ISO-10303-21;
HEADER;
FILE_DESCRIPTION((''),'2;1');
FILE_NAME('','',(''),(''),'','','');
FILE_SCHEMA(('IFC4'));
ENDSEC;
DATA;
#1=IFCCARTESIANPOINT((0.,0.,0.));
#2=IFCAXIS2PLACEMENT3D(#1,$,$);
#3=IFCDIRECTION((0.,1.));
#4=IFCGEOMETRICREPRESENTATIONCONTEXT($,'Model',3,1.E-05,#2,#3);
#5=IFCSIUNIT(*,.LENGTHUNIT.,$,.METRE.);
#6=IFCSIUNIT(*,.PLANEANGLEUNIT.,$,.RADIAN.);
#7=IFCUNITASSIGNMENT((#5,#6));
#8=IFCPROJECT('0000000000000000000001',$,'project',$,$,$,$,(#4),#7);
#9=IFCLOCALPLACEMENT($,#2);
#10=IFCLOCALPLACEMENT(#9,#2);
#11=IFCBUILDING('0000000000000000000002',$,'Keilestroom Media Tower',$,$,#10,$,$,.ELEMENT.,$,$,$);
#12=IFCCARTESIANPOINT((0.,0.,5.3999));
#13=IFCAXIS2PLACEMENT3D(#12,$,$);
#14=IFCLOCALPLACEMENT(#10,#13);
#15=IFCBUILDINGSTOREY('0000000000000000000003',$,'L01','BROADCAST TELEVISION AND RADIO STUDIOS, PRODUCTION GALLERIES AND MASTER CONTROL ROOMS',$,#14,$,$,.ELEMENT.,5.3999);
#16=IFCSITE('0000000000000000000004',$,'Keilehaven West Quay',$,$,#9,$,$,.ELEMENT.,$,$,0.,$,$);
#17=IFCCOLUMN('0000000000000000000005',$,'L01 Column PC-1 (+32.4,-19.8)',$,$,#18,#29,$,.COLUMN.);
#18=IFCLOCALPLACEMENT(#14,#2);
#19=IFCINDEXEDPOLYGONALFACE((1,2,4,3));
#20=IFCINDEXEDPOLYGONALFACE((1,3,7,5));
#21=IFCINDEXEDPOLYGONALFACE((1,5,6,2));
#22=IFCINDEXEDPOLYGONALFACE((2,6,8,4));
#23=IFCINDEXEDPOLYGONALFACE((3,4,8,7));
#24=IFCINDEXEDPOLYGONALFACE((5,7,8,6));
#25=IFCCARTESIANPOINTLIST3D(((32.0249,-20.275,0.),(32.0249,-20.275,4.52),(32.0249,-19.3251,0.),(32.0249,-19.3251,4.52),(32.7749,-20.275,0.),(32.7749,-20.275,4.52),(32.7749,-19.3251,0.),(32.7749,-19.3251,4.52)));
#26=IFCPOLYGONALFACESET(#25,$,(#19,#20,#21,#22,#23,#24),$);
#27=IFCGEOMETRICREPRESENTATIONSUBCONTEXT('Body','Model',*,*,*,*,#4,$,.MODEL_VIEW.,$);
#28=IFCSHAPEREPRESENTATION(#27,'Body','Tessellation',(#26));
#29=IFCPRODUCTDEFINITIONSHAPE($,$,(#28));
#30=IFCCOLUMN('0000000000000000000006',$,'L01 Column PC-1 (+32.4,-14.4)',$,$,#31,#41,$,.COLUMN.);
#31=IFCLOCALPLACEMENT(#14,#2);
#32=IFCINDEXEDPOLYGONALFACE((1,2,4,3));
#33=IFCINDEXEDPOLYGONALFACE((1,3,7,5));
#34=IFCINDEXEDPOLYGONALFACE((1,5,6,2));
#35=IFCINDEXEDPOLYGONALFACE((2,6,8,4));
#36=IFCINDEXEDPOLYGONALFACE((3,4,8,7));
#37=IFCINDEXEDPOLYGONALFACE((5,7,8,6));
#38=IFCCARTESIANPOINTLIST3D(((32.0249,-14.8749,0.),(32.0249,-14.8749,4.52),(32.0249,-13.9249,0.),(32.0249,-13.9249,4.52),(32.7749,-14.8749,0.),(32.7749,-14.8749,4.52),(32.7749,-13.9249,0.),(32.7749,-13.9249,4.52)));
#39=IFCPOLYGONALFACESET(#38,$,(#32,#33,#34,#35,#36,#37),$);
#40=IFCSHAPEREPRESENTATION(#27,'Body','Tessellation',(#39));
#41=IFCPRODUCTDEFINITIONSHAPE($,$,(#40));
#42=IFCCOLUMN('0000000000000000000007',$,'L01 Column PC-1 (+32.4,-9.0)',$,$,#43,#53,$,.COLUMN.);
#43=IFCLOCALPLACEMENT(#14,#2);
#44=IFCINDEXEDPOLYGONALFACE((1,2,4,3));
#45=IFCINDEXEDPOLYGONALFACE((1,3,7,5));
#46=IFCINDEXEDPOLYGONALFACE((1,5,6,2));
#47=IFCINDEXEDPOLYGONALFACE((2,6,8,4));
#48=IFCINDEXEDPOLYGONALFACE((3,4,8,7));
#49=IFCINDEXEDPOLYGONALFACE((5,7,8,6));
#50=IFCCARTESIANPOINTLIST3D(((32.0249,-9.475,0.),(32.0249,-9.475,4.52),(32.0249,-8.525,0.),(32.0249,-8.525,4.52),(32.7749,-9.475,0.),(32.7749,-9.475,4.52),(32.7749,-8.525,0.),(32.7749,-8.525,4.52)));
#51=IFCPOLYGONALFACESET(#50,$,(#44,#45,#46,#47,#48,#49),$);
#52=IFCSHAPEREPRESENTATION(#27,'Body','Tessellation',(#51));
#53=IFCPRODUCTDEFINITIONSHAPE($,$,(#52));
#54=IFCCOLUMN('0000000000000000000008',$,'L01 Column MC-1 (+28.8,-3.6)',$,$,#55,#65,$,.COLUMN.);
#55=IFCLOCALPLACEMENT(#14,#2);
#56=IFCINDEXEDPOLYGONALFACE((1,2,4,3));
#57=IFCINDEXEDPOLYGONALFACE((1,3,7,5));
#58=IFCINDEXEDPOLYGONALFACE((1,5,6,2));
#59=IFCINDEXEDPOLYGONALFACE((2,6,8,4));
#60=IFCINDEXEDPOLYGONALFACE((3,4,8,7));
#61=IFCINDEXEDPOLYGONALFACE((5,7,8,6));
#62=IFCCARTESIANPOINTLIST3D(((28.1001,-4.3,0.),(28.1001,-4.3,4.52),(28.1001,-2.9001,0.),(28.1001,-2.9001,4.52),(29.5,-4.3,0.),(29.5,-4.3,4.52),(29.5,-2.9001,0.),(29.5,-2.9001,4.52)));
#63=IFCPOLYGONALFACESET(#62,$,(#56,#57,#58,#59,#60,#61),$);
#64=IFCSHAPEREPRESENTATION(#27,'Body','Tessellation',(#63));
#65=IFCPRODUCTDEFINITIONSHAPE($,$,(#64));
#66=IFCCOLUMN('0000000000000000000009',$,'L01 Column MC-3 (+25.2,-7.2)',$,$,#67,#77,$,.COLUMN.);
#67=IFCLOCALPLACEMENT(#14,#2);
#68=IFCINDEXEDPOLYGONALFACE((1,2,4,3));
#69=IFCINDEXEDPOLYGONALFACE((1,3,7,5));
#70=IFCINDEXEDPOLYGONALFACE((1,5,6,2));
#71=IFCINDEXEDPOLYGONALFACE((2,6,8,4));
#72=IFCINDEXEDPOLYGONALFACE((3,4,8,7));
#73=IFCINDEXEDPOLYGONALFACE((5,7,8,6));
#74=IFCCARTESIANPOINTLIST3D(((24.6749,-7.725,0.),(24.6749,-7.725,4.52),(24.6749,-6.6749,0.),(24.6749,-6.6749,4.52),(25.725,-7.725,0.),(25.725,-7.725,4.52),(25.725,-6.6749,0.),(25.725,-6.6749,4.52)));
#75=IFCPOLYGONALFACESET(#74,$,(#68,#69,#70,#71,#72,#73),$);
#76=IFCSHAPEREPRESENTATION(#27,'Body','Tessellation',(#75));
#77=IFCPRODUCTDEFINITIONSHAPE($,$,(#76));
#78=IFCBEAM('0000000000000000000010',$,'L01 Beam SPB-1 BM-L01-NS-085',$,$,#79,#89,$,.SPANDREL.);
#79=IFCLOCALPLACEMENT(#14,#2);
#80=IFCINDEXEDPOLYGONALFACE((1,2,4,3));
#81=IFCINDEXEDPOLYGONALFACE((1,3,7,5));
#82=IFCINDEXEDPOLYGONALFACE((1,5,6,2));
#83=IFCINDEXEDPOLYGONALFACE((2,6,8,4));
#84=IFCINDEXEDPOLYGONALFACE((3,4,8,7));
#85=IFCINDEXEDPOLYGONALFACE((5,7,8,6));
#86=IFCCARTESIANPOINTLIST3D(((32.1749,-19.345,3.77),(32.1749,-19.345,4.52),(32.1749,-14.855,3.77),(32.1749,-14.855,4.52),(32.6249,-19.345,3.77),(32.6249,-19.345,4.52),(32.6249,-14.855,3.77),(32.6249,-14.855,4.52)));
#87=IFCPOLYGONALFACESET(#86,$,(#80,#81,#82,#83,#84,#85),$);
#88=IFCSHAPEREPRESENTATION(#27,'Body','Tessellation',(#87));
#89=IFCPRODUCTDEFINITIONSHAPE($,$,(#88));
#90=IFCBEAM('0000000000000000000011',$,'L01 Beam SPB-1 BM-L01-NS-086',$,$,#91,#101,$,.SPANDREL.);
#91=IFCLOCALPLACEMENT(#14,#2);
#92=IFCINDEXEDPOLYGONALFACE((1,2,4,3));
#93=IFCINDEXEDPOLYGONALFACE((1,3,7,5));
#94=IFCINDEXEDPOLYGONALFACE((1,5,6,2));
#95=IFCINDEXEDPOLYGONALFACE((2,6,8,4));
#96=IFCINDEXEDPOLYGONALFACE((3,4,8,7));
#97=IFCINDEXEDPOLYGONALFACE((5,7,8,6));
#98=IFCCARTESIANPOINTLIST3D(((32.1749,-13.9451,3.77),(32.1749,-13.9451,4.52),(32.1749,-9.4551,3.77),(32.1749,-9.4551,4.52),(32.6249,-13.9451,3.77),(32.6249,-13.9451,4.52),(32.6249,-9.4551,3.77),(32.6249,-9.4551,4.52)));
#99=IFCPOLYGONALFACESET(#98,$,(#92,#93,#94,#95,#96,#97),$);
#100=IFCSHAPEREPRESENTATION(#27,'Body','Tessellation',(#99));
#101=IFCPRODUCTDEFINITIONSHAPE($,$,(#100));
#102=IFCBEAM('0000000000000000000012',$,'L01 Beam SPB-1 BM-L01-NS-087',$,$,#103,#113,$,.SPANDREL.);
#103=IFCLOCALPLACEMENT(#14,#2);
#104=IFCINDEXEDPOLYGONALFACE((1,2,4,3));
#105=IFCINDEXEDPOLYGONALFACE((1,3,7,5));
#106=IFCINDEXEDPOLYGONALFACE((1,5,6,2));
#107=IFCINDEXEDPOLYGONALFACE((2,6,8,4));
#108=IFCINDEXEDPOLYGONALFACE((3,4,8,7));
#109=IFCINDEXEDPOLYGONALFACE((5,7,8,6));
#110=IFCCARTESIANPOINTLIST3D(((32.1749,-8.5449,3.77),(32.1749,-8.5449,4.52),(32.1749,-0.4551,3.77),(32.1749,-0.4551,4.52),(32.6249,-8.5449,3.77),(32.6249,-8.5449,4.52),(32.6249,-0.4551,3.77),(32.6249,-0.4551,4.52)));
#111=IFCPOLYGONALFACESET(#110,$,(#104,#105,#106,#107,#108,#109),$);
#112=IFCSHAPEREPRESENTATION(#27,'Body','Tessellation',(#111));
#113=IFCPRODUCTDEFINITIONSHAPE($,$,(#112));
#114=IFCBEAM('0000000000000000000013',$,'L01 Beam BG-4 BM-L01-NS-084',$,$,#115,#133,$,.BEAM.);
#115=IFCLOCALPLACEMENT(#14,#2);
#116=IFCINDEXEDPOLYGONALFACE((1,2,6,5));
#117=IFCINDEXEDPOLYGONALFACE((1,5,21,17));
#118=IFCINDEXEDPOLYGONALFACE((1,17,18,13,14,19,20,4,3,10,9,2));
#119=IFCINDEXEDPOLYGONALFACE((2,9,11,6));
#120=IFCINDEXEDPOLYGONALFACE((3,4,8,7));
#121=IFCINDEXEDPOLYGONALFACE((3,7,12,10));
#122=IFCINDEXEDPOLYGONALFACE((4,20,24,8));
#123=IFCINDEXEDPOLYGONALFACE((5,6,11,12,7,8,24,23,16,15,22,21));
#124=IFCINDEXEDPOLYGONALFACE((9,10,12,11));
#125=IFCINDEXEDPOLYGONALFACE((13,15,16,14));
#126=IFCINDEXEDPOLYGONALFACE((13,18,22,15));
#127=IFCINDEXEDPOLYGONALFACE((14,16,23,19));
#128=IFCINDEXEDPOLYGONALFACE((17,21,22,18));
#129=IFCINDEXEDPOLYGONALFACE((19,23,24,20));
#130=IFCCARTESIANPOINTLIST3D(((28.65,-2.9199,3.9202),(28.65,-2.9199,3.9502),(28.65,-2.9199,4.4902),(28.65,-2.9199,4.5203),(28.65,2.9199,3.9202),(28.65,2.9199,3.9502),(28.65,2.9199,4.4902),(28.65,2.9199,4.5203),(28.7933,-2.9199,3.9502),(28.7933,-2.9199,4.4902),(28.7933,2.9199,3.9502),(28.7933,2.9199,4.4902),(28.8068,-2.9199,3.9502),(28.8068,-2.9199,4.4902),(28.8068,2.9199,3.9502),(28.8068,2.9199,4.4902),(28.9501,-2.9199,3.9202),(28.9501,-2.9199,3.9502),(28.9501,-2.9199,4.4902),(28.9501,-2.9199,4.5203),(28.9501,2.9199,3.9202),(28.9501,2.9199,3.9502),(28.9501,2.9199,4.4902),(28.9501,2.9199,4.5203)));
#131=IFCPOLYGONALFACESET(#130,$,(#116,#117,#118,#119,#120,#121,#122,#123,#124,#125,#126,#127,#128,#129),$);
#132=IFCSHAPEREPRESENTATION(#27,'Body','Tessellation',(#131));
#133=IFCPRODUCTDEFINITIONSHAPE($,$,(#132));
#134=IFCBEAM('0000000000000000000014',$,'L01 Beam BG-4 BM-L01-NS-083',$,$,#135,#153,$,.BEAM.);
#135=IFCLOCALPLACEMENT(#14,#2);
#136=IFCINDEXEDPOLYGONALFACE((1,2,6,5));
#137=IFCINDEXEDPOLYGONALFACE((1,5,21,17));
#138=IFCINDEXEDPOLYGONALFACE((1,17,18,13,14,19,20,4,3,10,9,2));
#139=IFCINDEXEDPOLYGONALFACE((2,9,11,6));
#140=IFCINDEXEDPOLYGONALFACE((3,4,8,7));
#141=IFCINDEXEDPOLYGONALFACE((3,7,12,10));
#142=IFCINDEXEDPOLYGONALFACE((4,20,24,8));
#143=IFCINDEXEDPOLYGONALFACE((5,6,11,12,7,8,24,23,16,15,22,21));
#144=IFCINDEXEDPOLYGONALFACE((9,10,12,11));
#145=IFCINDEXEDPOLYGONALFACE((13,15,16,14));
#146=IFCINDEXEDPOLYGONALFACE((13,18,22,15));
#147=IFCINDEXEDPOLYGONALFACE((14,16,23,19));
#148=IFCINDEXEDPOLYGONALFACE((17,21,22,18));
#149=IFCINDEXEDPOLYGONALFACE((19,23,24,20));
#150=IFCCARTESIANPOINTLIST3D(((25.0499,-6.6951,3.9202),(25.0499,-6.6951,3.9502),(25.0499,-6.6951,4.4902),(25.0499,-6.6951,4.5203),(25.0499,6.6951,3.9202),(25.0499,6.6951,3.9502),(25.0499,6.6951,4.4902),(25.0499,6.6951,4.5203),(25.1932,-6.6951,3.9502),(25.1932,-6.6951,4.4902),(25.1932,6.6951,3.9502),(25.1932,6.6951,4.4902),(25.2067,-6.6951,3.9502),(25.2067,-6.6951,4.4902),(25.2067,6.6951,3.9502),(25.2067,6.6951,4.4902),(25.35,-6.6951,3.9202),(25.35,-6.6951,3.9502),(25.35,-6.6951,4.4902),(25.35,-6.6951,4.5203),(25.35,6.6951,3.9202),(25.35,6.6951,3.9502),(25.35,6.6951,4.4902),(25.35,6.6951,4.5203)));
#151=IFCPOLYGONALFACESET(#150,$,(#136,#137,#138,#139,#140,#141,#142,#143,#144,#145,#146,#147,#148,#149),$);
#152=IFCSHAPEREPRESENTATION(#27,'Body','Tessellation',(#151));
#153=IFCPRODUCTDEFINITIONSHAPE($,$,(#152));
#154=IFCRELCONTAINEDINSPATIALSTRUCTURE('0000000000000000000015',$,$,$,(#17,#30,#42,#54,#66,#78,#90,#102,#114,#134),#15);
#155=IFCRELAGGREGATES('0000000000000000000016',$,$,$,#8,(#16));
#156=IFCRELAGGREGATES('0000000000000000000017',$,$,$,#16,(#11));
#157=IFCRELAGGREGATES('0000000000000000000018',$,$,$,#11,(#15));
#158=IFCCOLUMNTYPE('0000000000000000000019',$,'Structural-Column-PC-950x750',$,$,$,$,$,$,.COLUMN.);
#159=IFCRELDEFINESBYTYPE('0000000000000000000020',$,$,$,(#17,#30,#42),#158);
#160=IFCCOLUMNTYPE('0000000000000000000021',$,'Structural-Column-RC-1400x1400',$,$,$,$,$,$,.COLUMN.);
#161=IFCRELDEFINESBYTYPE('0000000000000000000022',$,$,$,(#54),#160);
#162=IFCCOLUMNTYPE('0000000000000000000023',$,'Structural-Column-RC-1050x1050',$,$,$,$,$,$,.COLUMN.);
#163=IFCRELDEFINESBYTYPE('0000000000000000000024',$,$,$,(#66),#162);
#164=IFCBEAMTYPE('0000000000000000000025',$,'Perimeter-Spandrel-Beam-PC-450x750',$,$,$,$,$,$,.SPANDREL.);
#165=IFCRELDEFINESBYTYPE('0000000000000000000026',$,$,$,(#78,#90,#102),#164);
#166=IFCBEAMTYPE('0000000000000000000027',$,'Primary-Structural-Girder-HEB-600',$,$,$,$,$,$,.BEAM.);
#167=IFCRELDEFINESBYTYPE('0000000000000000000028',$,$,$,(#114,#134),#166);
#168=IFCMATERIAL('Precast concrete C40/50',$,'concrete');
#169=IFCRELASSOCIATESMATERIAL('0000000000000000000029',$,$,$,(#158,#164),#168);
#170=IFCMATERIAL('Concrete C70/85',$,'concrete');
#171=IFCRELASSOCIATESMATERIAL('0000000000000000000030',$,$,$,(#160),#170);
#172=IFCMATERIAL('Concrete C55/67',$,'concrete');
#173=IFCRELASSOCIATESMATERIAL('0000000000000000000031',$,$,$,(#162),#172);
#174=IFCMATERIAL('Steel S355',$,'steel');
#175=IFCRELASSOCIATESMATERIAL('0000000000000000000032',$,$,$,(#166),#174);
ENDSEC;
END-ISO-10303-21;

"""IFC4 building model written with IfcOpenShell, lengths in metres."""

from ifc_helpers import new_model, si_unit, direction, frame, origin, origin_2d, place, context, subcontext, project, spatial, rectangle, i_section, extrude, source, transform, mapped, material, material_profile, profile_set, type_object, element, save


model = new_model("IFC4")

# Units and contexts
model_context = context("Model", 3, precision=1e-05, world=origin(), true_north=direction((0.0, 1.0)))
body_context = subcontext(model_context, "Body", "Model", "MODEL_VIEW")
ifc_project = project(units=[si_unit("LENGTHUNIT", "METRE"), si_unit("PLANEANGLEUNIT", "RADIAN")], contexts=[model_context])

# Site, building, storey
site_placement = place(None, origin())
site = spatial("IfcSite", under=ifc_project, at=site_placement, Name="Keilehaven West Quay", CompositionType="ELEMENT", RefElevation=0.0)
building_placement = place(site_placement, origin())
building = spatial("IfcBuilding", under=site, at=building_placement, Name="Keilestroom Media Tower", CompositionType="ELEMENT")
storey_placement = place(building_placement, frame((0.0, 0.0, 5.3999)))
storey = spatial("IfcBuildingStorey", under=building, at=storey_placement, Name="L01", Description="BROADCAST TELEVISION AND RADIO STUDIOS, PRODUCTION GALLERIES AND MASTER CONTROL ROOMS", CompositionType="ELEMENT", Elevation=5.3999)

# Columns
ifc_material_1 = material(Name="Precast concrete C40/50", Category="concrete")
ifc_material_profile_1 = material_profile(ifc_material_1, rectangle(XDim=0.75, YDim=0.95, at=origin_2d()), Name="PC 950x750")
ifc_profile_set_1 = profile_set([ifc_material_profile_1], Name="Precast concrete C40/50")
column_type_1 = type_object("IfcColumnType", Name="Structural-Column-PC-950x750", PredefinedType="COLUMN", material=ifc_profile_set_1)
shared_shape_1 = source(origin(), body_context, "Body", "SweptSolid", [
    extrude(rectangle(XDim=0.75, YDim=0.95, at=origin_2d()), origin(), (0.0, 0.0, 1.0), 4.52),
])
for number, where, z_axis, x_axis, name in (
    (1, (32.3999, -19.8, 0.0), (0.0, 0.0, 1.0), (1.0, 0.0, 0.0), "L01 Column PC-1 (+32.4,-19.8)"),
    (2, (32.3999, -14.3999, 0.0), (0.0, 0.0, 1.0), (1.0, 0.0, 0.0), "L01 Column PC-1 (+32.4,-14.4)"),
    (3, (32.3999, -9.0, 0.0), (0.0, 0.0, 1.0), (1.0, 0.0, 0.0), "L01 Column PC-1 (+32.4,-9.0)"),
):
    element("IfcColumn", number, at=place(storey_placement, frame(where, z_axis=z_axis, x_axis=x_axis)), inside=storey, type_object=column_type_1, Name=name, PredefinedType="COLUMN", context=body_context, shape_type="MappedRepresentation", body=[
        mapped(shared_shape_1, transform((0.0, 0.0, 0.0), x_axis=(1.0, 0.0, 0.0), y_axis=(0.0, 1.0, 0.0), z_axis=(0.0, 0.0, 1.0), scale=1.0)),
    ])
ifc_material_2 = material(Name="Concrete C70/85", Category="concrete")
ifc_material_profile_2 = material_profile(ifc_material_2, rectangle(XDim=1.3999, YDim=1.3999, at=origin_2d()), Name="RC 1400x1400")
ifc_profile_set_2 = profile_set([ifc_material_profile_2], Name="Concrete C70/85")
column_type_2 = type_object("IfcColumnType", Name="Structural-Column-RC-1400x1400", PredefinedType="COLUMN", material=ifc_profile_set_2)
shared_shape_2 = source(origin(), body_context, "Body", "SweptSolid", [
    extrude(rectangle(XDim=1.3999, YDim=1.3999, at=origin_2d()), origin(), (0.0, 0.0, 1.0), 4.52),
])
column_1_placement = place(storey_placement, frame((28.8, -3.6001, 0.0), z_axis=(0.0, 0.0, 1.0), x_axis=(1.0, 0.0, 0.0)))
element("IfcColumn", 4, at=column_1_placement, inside=storey, type_object=column_type_2, Name="L01 Column MC-1 (+28.8,-3.6)", PredefinedType="COLUMN", context=body_context, shape_type="MappedRepresentation", body=[
    mapped(shared_shape_2, transform((0.0, 0.0, 0.0), x_axis=(1.0, 0.0, 0.0), y_axis=(0.0, 1.0, 0.0), z_axis=(0.0, 0.0, 1.0), scale=1.0)),
])
ifc_material_3 = material(Name="Concrete C55/67", Category="concrete")
ifc_material_profile_3 = material_profile(ifc_material_3, rectangle(XDim=1.05, YDim=1.05, at=origin_2d()), Name="RC 1050x1050")
ifc_profile_set_3 = profile_set([ifc_material_profile_3], Name="Concrete C55/67")
column_type_3 = type_object("IfcColumnType", Name="Structural-Column-RC-1050x1050", PredefinedType="COLUMN", material=ifc_profile_set_3)
shared_shape_3 = source(origin(), body_context, "Body", "SweptSolid", [
    extrude(rectangle(XDim=1.05, YDim=1.05, at=origin_2d()), origin(), (0.0, 0.0, 1.0), 4.52),
])
column_2_placement = place(storey_placement, frame((25.2, -7.2, 0.0), z_axis=(0.0, 0.0, 1.0), x_axis=(1.0, 0.0, 0.0)))
element("IfcColumn", 5, at=column_2_placement, inside=storey, type_object=column_type_3, Name="L01 Column MC-3 (+25.2,-7.2)", PredefinedType="COLUMN", context=body_context, shape_type="MappedRepresentation", body=[
    mapped(shared_shape_3, transform((0.0, 0.0, 0.0), x_axis=(1.0, 0.0, 0.0), y_axis=(0.0, 1.0, 0.0), z_axis=(0.0, 0.0, 1.0), scale=1.0)),
])

# Beams
ifc_material_profile_4 = material_profile(ifc_material_1, rectangle(XDim=0.45, YDim=0.75, at=origin_2d()), Name="PC 450x750")
ifc_profile_set_4 = profile_set([ifc_material_profile_4], Name="Precast concrete C40/50")
beam_type_1 = type_object("IfcBeamType", Name="Perimeter-Spandrel-Beam-PC-450x750", PredefinedType="SPANDREL", material=ifc_profile_set_4)
shared_shape_4 = source(origin(), body_context, "Body", "SweptSolid", [
    extrude(rectangle(XDim=0.45, YDim=0.75, at=origin_2d()), origin(), (0.0, 0.0, 1.0), 4.49),
])
for number, where, z_axis, x_axis, name in (
    (6, (32.3999, -19.345, 4.145), (0.0, 1.0, 0.0), (-1.0, 0.0, 0.0), "L01 Beam SPB-1 BM-L01-NS-085"),
    (7, (32.3999, -13.9451, 4.145), (0.0, 1.0, 0.0), (-1.0, 0.0, 0.0), "L01 Beam SPB-1 BM-L01-NS-086"),
):
    element("IfcBeam", number, at=place(storey_placement, frame(where, z_axis=z_axis, x_axis=x_axis)), inside=storey, type_object=beam_type_1, Name=name, PredefinedType="SPANDREL", context=body_context, shape_type="MappedRepresentation", body=[
        mapped(shared_shape_4, transform((0.0, 0.0, 0.0), x_axis=(1.0, 0.0, 0.0), y_axis=(0.0, 1.0, 0.0), z_axis=(0.0, 0.0, 1.0), scale=1.0)),
    ])
shared_shape_5 = source(origin(), body_context, "Body", "SweptSolid", [
    extrude(rectangle(XDim=0.45, YDim=0.75, at=origin_2d()), origin(), (0.0, 0.0, 1.0), 8.0898),
])
beam_1_placement = place(storey_placement, frame((32.3999, -8.5449, 4.145), z_axis=(0.0, 1.0, 0.0), x_axis=(-1.0, 0.0, 0.0)))
element("IfcBeam", 8, at=beam_1_placement, inside=storey, type_object=beam_type_1, Name="L01 Beam SPB-1 BM-L01-NS-087", PredefinedType="SPANDREL", context=body_context, shape_type="MappedRepresentation", body=[
    mapped(shared_shape_5, transform((0.0, 0.0, 0.0), x_axis=(1.0, 0.0, 0.0), y_axis=(0.0, 1.0, 0.0), z_axis=(0.0, 0.0, 1.0), scale=1.0)),
])
ifc_material_4 = material(Name="Steel S355", Category="steel")
ifc_material_profile_5 = material_profile(ifc_material_4, i_section(OverallWidth=0.3, OverallDepth=0.6001, WebThickness=0.0134, FlangeThickness=0.03, at=origin_2d()), Name="HEB 600")
ifc_profile_set_5 = profile_set([ifc_material_profile_5], Name="Steel S355")
beam_type_2 = type_object("IfcBeamType", Name="Primary-Structural-Girder-HEB-600", PredefinedType="BEAM", material=ifc_profile_set_5)
shared_shape_6 = source(origin(), body_context, "Body", "SweptSolid", [
    extrude(i_section(OverallWidth=0.3, OverallDepth=0.6001, WebThickness=0.0134, FlangeThickness=0.03, at=origin_2d()), origin(), (0.0, 0.0, 1.0), 5.8398),
])
beam_2_placement = place(storey_placement, frame((28.8, -2.9199, 4.2202), z_axis=(0.0, 1.0, 0.0), x_axis=(-1.0, 0.0, 0.0)))
element("IfcBeam", 9, at=beam_2_placement, inside=storey, type_object=beam_type_2, Name="L01 Beam BG-4 BM-L01-NS-084", PredefinedType="BEAM", context=body_context, shape_type="MappedRepresentation", body=[
    mapped(shared_shape_6, transform((0.0, 0.0, 0.0), x_axis=(1.0, 0.0, 0.0), y_axis=(0.0, 1.0, 0.0), z_axis=(0.0, 0.0, 1.0), scale=1.0)),
])
shared_shape_7 = source(origin(), body_context, "Body", "SweptSolid", [
    extrude(i_section(OverallWidth=0.3, OverallDepth=0.6001, WebThickness=0.0134, FlangeThickness=0.03, at=origin_2d()), origin(), (0.0, 0.0, 1.0), 13.3901),
])
beam_3_placement = place(storey_placement, frame((25.2, -6.6951, 4.2202), z_axis=(0.0, 1.0, 0.0), x_axis=(-1.0, 0.0, 0.0)))
element("IfcBeam", 10, at=beam_3_placement, inside=storey, type_object=beam_type_2, Name="L01 Beam BG-4 BM-L01-NS-083", PredefinedType="BEAM", context=body_context, shape_type="MappedRepresentation", body=[
    mapped(shared_shape_7, transform((0.0, 0.0, 0.0), x_axis=(1.0, 0.0, 0.0), y_axis=(0.0, 1.0, 0.0), z_axis=(0.0, 0.0, 1.0), scale=1.0)),
])

save(model, "model.ifc")
